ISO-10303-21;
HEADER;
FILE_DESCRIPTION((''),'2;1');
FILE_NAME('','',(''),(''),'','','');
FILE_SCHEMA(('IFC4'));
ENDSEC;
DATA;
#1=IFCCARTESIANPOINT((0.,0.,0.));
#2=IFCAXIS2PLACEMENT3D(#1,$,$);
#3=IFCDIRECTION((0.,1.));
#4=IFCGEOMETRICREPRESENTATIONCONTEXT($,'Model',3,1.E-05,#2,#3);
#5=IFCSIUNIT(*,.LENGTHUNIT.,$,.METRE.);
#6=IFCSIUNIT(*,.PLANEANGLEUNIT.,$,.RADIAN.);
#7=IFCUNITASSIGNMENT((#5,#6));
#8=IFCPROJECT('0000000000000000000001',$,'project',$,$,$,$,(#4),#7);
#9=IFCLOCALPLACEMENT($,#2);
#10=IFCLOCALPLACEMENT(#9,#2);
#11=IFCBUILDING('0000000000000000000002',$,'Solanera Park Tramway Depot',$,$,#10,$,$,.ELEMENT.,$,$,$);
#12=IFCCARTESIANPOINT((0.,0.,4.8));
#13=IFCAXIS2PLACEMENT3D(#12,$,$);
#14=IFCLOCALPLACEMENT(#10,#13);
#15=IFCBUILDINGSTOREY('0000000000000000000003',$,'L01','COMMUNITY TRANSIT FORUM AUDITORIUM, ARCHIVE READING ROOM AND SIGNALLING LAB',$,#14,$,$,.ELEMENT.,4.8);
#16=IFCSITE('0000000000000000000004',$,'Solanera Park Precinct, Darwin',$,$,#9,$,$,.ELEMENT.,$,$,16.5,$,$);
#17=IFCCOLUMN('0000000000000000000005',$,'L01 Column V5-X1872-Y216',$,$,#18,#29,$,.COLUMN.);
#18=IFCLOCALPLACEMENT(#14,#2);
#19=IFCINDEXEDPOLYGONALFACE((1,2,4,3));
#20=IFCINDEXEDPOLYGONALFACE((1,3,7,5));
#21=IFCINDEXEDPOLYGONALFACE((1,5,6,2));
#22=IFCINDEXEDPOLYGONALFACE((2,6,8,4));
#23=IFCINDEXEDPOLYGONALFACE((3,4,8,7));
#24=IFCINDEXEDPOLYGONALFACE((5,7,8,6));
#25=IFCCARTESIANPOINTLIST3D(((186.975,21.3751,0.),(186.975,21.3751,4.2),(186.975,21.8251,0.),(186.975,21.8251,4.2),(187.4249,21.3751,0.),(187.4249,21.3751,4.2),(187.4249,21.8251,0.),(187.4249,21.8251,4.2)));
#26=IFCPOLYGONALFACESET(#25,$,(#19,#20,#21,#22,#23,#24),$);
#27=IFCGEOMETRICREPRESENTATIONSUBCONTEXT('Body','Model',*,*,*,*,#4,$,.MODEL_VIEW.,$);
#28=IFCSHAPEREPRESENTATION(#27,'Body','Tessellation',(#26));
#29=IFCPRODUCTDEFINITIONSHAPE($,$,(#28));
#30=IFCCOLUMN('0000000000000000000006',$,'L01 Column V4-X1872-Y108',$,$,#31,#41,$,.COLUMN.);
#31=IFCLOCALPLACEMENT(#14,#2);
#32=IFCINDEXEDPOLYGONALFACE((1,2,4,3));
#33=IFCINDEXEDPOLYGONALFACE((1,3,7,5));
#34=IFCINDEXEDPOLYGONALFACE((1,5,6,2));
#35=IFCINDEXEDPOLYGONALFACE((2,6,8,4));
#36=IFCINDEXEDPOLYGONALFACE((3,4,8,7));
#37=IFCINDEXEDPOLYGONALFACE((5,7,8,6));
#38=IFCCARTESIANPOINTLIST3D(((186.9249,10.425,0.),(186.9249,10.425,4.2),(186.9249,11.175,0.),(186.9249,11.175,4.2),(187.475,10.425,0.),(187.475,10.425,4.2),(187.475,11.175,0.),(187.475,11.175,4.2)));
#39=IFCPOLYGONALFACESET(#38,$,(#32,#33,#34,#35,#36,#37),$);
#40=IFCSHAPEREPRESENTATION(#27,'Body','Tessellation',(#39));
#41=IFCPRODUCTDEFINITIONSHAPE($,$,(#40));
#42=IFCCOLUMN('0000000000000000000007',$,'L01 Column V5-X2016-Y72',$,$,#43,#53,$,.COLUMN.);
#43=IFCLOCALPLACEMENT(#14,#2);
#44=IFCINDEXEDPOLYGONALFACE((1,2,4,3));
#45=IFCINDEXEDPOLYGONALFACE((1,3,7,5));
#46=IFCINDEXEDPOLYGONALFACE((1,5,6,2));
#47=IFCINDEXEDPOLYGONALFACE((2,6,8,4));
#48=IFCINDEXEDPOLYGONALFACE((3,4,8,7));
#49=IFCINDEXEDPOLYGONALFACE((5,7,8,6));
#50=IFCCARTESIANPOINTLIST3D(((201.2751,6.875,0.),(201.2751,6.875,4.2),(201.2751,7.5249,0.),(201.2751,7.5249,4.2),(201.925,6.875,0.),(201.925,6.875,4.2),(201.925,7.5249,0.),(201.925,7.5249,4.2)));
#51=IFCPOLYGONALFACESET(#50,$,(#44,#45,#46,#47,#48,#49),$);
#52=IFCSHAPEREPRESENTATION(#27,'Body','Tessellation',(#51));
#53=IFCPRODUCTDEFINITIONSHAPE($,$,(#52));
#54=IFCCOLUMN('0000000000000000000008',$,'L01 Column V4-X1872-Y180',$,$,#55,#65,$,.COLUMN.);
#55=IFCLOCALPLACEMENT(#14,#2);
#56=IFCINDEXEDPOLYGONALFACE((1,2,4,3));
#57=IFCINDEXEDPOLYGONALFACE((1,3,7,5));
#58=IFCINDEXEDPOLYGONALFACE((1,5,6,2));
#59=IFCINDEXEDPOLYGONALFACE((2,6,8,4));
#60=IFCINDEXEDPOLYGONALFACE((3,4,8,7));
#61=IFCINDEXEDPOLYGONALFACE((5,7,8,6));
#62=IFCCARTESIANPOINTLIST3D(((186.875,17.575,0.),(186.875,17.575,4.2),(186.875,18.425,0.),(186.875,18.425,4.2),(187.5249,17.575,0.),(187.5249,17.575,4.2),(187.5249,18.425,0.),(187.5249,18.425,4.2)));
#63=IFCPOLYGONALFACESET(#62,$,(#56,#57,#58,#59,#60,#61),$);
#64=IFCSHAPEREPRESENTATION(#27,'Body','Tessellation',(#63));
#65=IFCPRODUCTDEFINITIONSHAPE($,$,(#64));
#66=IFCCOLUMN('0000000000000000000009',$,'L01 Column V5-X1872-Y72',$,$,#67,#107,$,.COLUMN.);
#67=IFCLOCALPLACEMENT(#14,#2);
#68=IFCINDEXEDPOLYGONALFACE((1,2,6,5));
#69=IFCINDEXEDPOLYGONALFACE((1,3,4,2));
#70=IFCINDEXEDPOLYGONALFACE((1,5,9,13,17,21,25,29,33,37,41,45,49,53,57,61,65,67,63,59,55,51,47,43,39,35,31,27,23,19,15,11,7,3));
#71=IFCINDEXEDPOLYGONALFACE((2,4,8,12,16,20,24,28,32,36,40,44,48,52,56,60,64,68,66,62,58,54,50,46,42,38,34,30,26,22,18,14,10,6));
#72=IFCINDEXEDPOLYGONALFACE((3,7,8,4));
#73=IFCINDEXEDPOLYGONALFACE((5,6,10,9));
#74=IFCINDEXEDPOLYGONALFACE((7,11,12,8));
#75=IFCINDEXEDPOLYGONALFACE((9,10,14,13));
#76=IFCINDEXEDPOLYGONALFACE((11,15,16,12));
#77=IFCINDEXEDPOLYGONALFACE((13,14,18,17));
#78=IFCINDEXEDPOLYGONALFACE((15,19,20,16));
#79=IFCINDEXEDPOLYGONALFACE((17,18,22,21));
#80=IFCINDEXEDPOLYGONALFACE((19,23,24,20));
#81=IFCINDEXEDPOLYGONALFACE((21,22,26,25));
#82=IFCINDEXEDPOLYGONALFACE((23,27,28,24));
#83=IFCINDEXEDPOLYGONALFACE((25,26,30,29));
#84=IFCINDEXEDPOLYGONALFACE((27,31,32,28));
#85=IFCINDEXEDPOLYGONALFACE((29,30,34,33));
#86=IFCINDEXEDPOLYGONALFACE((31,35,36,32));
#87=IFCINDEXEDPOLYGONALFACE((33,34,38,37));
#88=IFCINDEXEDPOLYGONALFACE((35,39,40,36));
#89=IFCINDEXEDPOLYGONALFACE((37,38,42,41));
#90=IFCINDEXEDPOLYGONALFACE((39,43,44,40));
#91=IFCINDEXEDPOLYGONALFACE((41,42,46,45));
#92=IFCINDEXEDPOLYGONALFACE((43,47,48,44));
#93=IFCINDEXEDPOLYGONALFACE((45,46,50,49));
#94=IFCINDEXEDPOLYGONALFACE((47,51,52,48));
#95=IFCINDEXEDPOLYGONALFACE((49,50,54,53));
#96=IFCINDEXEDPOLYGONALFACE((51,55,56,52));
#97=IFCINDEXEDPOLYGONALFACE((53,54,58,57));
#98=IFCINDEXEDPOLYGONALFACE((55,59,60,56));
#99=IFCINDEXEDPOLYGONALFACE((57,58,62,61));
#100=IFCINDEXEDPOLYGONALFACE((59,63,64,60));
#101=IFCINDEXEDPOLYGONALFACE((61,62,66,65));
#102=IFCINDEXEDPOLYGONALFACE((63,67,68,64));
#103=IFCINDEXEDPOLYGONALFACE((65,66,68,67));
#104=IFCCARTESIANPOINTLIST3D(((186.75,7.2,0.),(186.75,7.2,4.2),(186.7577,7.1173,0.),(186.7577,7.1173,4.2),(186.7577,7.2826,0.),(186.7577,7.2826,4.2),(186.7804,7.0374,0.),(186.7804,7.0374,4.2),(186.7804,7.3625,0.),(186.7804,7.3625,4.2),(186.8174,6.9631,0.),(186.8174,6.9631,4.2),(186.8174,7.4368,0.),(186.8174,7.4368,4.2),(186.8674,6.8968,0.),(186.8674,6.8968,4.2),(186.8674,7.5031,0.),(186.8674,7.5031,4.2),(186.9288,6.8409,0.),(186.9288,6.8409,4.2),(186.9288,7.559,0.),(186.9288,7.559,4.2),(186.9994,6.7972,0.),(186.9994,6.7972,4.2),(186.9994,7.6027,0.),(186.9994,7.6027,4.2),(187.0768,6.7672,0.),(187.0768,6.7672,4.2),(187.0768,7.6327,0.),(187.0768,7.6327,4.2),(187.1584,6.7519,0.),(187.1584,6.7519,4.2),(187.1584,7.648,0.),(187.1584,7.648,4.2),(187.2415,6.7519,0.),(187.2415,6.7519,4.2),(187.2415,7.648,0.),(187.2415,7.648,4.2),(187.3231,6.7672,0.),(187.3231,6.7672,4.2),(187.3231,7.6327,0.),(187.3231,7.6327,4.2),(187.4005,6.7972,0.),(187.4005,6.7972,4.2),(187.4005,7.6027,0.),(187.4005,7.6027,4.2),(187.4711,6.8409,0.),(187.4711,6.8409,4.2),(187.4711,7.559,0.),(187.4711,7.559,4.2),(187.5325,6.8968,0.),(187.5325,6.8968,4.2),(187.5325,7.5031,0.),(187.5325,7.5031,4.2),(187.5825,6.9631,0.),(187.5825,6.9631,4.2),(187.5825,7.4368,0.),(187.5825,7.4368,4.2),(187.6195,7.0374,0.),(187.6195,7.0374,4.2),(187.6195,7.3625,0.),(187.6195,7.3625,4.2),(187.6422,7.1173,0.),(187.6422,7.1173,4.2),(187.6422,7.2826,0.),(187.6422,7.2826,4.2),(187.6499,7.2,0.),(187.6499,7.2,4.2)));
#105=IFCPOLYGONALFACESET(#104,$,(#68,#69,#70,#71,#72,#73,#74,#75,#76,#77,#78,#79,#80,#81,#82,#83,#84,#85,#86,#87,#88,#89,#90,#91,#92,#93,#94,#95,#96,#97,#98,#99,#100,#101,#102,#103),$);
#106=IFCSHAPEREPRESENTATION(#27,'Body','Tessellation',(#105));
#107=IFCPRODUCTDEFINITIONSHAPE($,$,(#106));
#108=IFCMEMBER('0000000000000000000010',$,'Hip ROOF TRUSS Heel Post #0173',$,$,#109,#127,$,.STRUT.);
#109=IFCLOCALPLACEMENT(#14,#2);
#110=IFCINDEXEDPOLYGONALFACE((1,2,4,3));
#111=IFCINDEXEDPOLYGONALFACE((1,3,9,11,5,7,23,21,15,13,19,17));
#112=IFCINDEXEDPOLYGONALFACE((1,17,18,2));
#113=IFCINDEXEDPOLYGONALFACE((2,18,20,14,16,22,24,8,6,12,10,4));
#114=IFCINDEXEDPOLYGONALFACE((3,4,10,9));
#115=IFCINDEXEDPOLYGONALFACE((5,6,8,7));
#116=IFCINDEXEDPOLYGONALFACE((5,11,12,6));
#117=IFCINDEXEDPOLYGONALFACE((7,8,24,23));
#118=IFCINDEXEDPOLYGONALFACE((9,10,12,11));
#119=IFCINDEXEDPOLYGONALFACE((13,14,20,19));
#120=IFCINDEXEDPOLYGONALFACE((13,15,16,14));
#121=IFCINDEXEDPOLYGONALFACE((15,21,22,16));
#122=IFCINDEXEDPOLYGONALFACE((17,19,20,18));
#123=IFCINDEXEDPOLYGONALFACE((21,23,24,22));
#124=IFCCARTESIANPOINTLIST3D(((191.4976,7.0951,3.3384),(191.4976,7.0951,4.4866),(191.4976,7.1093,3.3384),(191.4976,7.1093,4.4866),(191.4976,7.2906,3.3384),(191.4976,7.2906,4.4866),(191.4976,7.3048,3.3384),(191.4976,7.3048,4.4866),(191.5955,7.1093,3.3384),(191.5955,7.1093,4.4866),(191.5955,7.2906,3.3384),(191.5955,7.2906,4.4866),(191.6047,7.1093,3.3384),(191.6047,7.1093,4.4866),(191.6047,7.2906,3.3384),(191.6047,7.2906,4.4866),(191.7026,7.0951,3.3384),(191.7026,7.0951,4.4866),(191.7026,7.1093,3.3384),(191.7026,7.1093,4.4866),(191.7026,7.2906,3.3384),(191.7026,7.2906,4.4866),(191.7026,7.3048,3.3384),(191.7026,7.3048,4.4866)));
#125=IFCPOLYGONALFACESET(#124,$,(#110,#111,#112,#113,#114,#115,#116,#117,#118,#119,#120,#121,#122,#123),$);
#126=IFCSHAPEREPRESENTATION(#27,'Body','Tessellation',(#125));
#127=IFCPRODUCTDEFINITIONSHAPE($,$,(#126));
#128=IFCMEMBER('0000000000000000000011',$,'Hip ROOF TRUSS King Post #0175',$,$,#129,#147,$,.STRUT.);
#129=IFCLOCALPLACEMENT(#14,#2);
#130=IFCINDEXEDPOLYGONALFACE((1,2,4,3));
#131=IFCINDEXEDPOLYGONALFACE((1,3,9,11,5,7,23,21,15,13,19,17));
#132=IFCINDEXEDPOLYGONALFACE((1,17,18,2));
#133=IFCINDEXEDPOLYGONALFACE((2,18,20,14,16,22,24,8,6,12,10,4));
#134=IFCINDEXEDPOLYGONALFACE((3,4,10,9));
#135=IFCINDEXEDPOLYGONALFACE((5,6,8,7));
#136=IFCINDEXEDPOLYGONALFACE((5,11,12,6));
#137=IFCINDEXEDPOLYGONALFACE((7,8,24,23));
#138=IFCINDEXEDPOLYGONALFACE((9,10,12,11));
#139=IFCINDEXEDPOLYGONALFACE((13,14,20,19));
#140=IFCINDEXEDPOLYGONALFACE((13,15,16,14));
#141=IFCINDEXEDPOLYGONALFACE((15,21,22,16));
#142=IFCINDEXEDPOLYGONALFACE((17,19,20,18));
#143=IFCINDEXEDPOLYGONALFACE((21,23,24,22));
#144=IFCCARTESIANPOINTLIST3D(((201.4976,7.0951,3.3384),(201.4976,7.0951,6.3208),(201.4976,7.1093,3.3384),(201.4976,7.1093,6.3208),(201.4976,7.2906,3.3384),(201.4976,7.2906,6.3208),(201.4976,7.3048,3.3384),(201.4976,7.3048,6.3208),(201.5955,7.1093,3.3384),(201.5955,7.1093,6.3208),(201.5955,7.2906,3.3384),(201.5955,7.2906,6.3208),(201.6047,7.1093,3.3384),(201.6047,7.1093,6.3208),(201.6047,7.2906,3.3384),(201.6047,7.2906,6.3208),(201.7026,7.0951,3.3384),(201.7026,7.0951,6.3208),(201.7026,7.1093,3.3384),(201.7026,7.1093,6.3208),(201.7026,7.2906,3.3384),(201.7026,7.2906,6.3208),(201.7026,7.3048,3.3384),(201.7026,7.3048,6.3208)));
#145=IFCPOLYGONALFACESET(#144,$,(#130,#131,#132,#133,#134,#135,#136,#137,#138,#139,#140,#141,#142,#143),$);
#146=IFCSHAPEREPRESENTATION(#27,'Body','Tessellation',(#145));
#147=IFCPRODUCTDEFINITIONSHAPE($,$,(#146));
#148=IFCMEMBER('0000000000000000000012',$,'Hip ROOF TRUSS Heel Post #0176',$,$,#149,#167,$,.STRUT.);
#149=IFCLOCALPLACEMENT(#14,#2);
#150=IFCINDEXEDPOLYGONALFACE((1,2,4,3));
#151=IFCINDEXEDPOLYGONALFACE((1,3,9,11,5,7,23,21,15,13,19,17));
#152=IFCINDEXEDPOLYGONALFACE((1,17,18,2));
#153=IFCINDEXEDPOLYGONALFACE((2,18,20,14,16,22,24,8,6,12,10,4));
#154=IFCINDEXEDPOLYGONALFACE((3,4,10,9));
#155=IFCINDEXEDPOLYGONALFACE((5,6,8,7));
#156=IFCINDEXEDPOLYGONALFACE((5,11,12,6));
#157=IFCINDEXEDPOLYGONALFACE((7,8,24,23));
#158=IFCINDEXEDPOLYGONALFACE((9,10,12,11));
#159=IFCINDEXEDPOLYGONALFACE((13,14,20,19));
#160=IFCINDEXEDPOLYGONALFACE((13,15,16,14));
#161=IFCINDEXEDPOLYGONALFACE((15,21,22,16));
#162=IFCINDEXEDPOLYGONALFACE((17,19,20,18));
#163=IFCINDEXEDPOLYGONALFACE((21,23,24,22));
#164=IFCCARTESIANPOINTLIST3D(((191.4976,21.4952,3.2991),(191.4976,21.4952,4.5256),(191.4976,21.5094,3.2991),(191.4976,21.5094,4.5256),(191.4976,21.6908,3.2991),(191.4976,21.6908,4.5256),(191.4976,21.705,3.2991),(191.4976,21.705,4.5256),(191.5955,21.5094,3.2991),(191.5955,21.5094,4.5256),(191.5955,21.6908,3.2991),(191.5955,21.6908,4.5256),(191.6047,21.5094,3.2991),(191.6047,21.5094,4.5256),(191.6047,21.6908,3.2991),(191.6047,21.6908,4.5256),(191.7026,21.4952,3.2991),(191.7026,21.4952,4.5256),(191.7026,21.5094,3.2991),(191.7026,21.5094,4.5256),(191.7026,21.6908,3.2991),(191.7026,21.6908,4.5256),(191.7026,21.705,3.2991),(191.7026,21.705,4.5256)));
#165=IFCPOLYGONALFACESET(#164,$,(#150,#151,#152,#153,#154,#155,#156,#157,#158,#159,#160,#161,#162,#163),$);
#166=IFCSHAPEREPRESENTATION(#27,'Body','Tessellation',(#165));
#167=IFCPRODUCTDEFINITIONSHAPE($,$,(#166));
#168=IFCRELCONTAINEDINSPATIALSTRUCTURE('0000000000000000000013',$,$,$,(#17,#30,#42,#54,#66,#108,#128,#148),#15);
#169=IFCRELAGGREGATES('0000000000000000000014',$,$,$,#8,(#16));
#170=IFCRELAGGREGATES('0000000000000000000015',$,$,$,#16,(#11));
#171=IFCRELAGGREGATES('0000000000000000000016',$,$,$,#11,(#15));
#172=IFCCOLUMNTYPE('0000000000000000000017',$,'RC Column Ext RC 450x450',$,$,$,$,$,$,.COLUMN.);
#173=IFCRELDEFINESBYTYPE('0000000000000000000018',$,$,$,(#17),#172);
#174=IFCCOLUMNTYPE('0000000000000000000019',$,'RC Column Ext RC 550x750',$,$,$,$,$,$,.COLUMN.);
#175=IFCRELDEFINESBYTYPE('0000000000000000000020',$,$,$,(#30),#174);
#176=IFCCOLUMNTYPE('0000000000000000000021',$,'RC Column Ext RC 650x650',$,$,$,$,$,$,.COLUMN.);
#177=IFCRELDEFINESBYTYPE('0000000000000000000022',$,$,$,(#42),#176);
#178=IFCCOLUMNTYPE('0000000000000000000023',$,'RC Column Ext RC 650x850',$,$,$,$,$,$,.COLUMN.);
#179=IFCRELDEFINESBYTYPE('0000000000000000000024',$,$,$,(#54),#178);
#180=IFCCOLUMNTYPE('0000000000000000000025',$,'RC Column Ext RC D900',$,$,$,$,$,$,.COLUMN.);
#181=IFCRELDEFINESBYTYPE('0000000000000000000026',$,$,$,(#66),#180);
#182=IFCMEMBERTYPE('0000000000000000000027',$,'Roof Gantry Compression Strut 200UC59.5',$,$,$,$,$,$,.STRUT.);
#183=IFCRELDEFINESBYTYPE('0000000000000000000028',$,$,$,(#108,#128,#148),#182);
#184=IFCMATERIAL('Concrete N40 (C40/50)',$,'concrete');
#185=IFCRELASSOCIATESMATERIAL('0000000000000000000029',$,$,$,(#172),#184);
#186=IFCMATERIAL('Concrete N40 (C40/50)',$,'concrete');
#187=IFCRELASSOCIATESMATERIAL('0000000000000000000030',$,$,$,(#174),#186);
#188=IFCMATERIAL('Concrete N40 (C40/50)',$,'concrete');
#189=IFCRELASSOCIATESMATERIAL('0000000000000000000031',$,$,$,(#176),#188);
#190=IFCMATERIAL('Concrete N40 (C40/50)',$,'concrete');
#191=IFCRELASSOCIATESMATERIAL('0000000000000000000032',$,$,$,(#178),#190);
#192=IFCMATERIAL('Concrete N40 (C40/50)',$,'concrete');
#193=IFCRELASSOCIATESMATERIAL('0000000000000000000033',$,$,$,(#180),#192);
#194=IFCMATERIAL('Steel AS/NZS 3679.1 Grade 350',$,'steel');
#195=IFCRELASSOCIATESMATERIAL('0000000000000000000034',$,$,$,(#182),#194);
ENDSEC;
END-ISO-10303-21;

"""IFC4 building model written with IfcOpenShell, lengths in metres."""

from ifc_helpers import new_model, si_unit, direction, frame, origin, origin_2d, place, context, subcontext, project, spatial, rectangle, circle, i_section, extrude, material, material_profile, profile_set, type_object, element, save


model = new_model("IFC4")

# Units and contexts
model_context = context("Model", 3, precision=1e-05, world=origin(), true_north=direction((0.0, 1.0)))
body_context = subcontext(model_context, "Body", "Model", "MODEL_VIEW")
ifc_project = project(units=[si_unit("LENGTHUNIT", "METRE"), si_unit("PLANEANGLEUNIT", "RADIAN")], contexts=[model_context])

# Site, building, storey
site_placement = place(None, origin())
site = spatial("IfcSite", under=ifc_project, at=site_placement, Name="Solanera Park Precinct, Darwin", CompositionType="ELEMENT", RefElevation=16.5)
building_placement = place(site_placement, origin())
building = spatial("IfcBuilding", under=site, at=building_placement, Name="Solanera Park Tramway Depot", CompositionType="ELEMENT")
storey_placement = place(building_placement, frame((0.0, 0.0, 4.8)))
storey = spatial("IfcBuildingStorey", under=building, at=storey_placement, Name="L01", Description="COMMUNITY TRANSIT FORUM AUDITORIUM, ARCHIVE READING ROOM AND SIGNALLING LAB", CompositionType="ELEMENT", Elevation=4.8)

# Columns
ifc_material_1 = material(Name="Concrete N40 (C40/50)", Category="concrete")
ifc_material_profile_1 = material_profile(ifc_material_1, rectangle(XDim=0.45, YDim=0.45, at=origin_2d()), Name="RC 450x450")
ifc_profile_set_1 = profile_set([ifc_material_profile_1], Name="Concrete N40 (C40/50)")
column_type_1 = type_object("IfcColumnType", Name="RC Column Ext RC 450x450", PredefinedType="COLUMN", material=ifc_profile_set_1)
column_1_placement = place(storey_placement, frame((187.2, 21.6001, 0.0), z_axis=(0.0, 0.0, 1.0), x_axis=(1.0, 0.0, 0.0)))
element("IfcColumn", 1, at=column_1_placement, inside=storey, type_object=column_type_1, Name="L01 Column V5-X1872-Y216", PredefinedType="COLUMN", context=body_context, shape_type="SweptSolid", body=[
    extrude(rectangle(XDim=0.45, YDim=0.45, at=origin_2d()), origin(), (0.0, 0.0, 1.0), 4.2),
])
ifc_material_2 = material(Name="Concrete N40 (C40/50)", Category="concrete")
ifc_material_profile_2 = material_profile(ifc_material_2, rectangle(XDim=0.55, YDim=0.75, at=origin_2d()), Name="RC 550x750")
ifc_profile_set_2 = profile_set([ifc_material_profile_2], Name="Concrete N40 (C40/50)")
column_type_2 = type_object("IfcColumnType", Name="RC Column Ext RC 550x750", PredefinedType="COLUMN", material=ifc_profile_set_2)
column_2_placement = place(storey_placement, frame((187.2, 10.8, 0.0), z_axis=(0.0, 0.0, 1.0), x_axis=(1.0, 0.0, 0.0)))
element("IfcColumn", 2, at=column_2_placement, inside=storey, type_object=column_type_2, Name="L01 Column V4-X1872-Y108", PredefinedType="COLUMN", context=body_context, shape_type="SweptSolid", body=[
    extrude(rectangle(XDim=0.55, YDim=0.75, at=origin_2d()), origin(), (0.0, 0.0, 1.0), 4.2),
])
ifc_material_3 = material(Name="Concrete N40 (C40/50)", Category="concrete")
ifc_material_profile_3 = material_profile(ifc_material_3, rectangle(XDim=0.6499, YDim=0.6499, at=origin_2d()), Name="RC 650x650")
ifc_profile_set_3 = profile_set([ifc_material_profile_3], Name="Concrete N40 (C40/50)")
column_type_3 = type_object("IfcColumnType", Name="RC Column Ext RC 650x650", PredefinedType="COLUMN", material=ifc_profile_set_3)
column_3_placement = place(storey_placement, frame((201.6001, 7.2, 0.0), z_axis=(0.0, 0.0, 1.0), x_axis=(1.0, 0.0, 0.0)))
element("IfcColumn", 3, at=column_3_placement, inside=storey, type_object=column_type_3, Name="L01 Column V5-X2016-Y72", PredefinedType="COLUMN", context=body_context, shape_type="SweptSolid", body=[
    extrude(rectangle(XDim=0.6499, YDim=0.6499, at=origin_2d()), origin(), (0.0, 0.0, 1.0), 4.2),
])
ifc_material_4 = material(Name="Concrete N40 (C40/50)", Category="concrete")
ifc_material_profile_4 = material_profile(ifc_material_4, rectangle(XDim=0.6499, YDim=0.8501, at=origin_2d()), Name="RC 650x850")
ifc_profile_set_4 = profile_set([ifc_material_profile_4], Name="Concrete N40 (C40/50)")
column_type_4 = type_object("IfcColumnType", Name="RC Column Ext RC 650x850", PredefinedType="COLUMN", material=ifc_profile_set_4)
column_4_placement = place(storey_placement, frame((187.2, 18.0, 0.0), z_axis=(0.0, 0.0, 1.0), x_axis=(1.0, 0.0, 0.0)))
element("IfcColumn", 4, at=column_4_placement, inside=storey, type_object=column_type_4, Name="L01 Column V4-X1872-Y180", PredefinedType="COLUMN", context=body_context, shape_type="SweptSolid", body=[
    extrude(rectangle(XDim=0.6499, YDim=0.8501, at=origin_2d()), origin(), (0.0, 0.0, 1.0), 4.2),
])
ifc_material_5 = material(Name="Concrete N40 (C40/50)", Category="concrete")
ifc_material_profile_5 = material_profile(ifc_material_5, circle(Radius=0.45, at=origin_2d()), Name="RC D900")
ifc_profile_set_5 = profile_set([ifc_material_profile_5], Name="Concrete N40 (C40/50)")
column_type_5 = type_object("IfcColumnType", Name="RC Column Ext RC D900", PredefinedType="COLUMN", material=ifc_profile_set_5)
column_5_placement = place(storey_placement, frame((187.2, 7.2, 0.0), z_axis=(0.0, 0.0, 1.0), x_axis=(1.0, 0.0, 0.0)))
element("IfcColumn", 5, at=column_5_placement, inside=storey, type_object=column_type_5, Name="L01 Column V5-X1872-Y72", PredefinedType="COLUMN", context=body_context, shape_type="SweptSolid", body=[
    extrude(circle(Radius=0.45, at=origin_2d()), origin(), (0.0, 0.0, 1.0), 4.2),
])

# Members
ifc_material_6 = material(Name="Steel AS/NZS 3679.1 Grade 350", Category="steel")
ifc_material_profile_6 = material_profile(ifc_material_6, i_section(OverallWidth=0.2051, OverallDepth=0.2097, WebThickness=0.0093, FlangeThickness=0.0142, at=origin_2d()), Name="200UC59.5")
ifc_profile_set_6 = profile_set([ifc_material_profile_6], Name="Steel AS/NZS 3679.1 Grade 350")
member_type_1 = type_object("IfcMemberType", Name="Roof Gantry Compression Strut 200UC59.5", PredefinedType="STRUT", material=ifc_profile_set_6)
member_1_placement = place(storey_placement, frame((191.6001, 7.2, 3.3384), z_axis=(0.0, 0.0, 1.0), x_axis=(1.0, 0.0, 0.0)))
element("IfcMember", 6, at=member_1_placement, inside=storey, type_object=member_type_1, Name="Hip ROOF TRUSS Heel Post #0173", PredefinedType="STRUT", context=body_context, shape_type="SweptSolid", body=[
    extrude(i_section(OverallWidth=0.2051, OverallDepth=0.2097, WebThickness=0.0093, FlangeThickness=0.0142, at=origin_2d()), origin(), (0.0, 0.0, 1.0), 1.1482),
])
member_2_placement = place(storey_placement, frame((201.6001, 7.2, 3.3384), z_axis=(0.0, 0.0, 1.0), x_axis=(1.0, 0.0, 0.0)))
element("IfcMember", 7, at=member_2_placement, inside=storey, type_object=member_type_1, Name="Hip ROOF TRUSS King Post #0175", PredefinedType="STRUT", context=body_context, shape_type="SweptSolid", body=[
    extrude(i_section(OverallWidth=0.2051, OverallDepth=0.2097, WebThickness=0.0093, FlangeThickness=0.0142, at=origin_2d()), origin(), (0.0, 0.0, 1.0), 2.9824),
])
member_3_placement = place(storey_placement, frame((191.6001, 21.6001, 3.2991), z_axis=(0.0, 0.0, 1.0), x_axis=(1.0, 0.0, 0.0)))
element("IfcMember", 8, at=member_3_placement, inside=storey, type_object=member_type_1, Name="Hip ROOF TRUSS Heel Post #0176", PredefinedType="STRUT", context=body_context, shape_type="SweptSolid", body=[
    extrude(i_section(OverallWidth=0.2051, OverallDepth=0.2097, WebThickness=0.0093, FlangeThickness=0.0142, at=origin_2d()), origin(), (0.0, 0.0, 1.0), 1.2266),
])

save(model, "model.ifc")
